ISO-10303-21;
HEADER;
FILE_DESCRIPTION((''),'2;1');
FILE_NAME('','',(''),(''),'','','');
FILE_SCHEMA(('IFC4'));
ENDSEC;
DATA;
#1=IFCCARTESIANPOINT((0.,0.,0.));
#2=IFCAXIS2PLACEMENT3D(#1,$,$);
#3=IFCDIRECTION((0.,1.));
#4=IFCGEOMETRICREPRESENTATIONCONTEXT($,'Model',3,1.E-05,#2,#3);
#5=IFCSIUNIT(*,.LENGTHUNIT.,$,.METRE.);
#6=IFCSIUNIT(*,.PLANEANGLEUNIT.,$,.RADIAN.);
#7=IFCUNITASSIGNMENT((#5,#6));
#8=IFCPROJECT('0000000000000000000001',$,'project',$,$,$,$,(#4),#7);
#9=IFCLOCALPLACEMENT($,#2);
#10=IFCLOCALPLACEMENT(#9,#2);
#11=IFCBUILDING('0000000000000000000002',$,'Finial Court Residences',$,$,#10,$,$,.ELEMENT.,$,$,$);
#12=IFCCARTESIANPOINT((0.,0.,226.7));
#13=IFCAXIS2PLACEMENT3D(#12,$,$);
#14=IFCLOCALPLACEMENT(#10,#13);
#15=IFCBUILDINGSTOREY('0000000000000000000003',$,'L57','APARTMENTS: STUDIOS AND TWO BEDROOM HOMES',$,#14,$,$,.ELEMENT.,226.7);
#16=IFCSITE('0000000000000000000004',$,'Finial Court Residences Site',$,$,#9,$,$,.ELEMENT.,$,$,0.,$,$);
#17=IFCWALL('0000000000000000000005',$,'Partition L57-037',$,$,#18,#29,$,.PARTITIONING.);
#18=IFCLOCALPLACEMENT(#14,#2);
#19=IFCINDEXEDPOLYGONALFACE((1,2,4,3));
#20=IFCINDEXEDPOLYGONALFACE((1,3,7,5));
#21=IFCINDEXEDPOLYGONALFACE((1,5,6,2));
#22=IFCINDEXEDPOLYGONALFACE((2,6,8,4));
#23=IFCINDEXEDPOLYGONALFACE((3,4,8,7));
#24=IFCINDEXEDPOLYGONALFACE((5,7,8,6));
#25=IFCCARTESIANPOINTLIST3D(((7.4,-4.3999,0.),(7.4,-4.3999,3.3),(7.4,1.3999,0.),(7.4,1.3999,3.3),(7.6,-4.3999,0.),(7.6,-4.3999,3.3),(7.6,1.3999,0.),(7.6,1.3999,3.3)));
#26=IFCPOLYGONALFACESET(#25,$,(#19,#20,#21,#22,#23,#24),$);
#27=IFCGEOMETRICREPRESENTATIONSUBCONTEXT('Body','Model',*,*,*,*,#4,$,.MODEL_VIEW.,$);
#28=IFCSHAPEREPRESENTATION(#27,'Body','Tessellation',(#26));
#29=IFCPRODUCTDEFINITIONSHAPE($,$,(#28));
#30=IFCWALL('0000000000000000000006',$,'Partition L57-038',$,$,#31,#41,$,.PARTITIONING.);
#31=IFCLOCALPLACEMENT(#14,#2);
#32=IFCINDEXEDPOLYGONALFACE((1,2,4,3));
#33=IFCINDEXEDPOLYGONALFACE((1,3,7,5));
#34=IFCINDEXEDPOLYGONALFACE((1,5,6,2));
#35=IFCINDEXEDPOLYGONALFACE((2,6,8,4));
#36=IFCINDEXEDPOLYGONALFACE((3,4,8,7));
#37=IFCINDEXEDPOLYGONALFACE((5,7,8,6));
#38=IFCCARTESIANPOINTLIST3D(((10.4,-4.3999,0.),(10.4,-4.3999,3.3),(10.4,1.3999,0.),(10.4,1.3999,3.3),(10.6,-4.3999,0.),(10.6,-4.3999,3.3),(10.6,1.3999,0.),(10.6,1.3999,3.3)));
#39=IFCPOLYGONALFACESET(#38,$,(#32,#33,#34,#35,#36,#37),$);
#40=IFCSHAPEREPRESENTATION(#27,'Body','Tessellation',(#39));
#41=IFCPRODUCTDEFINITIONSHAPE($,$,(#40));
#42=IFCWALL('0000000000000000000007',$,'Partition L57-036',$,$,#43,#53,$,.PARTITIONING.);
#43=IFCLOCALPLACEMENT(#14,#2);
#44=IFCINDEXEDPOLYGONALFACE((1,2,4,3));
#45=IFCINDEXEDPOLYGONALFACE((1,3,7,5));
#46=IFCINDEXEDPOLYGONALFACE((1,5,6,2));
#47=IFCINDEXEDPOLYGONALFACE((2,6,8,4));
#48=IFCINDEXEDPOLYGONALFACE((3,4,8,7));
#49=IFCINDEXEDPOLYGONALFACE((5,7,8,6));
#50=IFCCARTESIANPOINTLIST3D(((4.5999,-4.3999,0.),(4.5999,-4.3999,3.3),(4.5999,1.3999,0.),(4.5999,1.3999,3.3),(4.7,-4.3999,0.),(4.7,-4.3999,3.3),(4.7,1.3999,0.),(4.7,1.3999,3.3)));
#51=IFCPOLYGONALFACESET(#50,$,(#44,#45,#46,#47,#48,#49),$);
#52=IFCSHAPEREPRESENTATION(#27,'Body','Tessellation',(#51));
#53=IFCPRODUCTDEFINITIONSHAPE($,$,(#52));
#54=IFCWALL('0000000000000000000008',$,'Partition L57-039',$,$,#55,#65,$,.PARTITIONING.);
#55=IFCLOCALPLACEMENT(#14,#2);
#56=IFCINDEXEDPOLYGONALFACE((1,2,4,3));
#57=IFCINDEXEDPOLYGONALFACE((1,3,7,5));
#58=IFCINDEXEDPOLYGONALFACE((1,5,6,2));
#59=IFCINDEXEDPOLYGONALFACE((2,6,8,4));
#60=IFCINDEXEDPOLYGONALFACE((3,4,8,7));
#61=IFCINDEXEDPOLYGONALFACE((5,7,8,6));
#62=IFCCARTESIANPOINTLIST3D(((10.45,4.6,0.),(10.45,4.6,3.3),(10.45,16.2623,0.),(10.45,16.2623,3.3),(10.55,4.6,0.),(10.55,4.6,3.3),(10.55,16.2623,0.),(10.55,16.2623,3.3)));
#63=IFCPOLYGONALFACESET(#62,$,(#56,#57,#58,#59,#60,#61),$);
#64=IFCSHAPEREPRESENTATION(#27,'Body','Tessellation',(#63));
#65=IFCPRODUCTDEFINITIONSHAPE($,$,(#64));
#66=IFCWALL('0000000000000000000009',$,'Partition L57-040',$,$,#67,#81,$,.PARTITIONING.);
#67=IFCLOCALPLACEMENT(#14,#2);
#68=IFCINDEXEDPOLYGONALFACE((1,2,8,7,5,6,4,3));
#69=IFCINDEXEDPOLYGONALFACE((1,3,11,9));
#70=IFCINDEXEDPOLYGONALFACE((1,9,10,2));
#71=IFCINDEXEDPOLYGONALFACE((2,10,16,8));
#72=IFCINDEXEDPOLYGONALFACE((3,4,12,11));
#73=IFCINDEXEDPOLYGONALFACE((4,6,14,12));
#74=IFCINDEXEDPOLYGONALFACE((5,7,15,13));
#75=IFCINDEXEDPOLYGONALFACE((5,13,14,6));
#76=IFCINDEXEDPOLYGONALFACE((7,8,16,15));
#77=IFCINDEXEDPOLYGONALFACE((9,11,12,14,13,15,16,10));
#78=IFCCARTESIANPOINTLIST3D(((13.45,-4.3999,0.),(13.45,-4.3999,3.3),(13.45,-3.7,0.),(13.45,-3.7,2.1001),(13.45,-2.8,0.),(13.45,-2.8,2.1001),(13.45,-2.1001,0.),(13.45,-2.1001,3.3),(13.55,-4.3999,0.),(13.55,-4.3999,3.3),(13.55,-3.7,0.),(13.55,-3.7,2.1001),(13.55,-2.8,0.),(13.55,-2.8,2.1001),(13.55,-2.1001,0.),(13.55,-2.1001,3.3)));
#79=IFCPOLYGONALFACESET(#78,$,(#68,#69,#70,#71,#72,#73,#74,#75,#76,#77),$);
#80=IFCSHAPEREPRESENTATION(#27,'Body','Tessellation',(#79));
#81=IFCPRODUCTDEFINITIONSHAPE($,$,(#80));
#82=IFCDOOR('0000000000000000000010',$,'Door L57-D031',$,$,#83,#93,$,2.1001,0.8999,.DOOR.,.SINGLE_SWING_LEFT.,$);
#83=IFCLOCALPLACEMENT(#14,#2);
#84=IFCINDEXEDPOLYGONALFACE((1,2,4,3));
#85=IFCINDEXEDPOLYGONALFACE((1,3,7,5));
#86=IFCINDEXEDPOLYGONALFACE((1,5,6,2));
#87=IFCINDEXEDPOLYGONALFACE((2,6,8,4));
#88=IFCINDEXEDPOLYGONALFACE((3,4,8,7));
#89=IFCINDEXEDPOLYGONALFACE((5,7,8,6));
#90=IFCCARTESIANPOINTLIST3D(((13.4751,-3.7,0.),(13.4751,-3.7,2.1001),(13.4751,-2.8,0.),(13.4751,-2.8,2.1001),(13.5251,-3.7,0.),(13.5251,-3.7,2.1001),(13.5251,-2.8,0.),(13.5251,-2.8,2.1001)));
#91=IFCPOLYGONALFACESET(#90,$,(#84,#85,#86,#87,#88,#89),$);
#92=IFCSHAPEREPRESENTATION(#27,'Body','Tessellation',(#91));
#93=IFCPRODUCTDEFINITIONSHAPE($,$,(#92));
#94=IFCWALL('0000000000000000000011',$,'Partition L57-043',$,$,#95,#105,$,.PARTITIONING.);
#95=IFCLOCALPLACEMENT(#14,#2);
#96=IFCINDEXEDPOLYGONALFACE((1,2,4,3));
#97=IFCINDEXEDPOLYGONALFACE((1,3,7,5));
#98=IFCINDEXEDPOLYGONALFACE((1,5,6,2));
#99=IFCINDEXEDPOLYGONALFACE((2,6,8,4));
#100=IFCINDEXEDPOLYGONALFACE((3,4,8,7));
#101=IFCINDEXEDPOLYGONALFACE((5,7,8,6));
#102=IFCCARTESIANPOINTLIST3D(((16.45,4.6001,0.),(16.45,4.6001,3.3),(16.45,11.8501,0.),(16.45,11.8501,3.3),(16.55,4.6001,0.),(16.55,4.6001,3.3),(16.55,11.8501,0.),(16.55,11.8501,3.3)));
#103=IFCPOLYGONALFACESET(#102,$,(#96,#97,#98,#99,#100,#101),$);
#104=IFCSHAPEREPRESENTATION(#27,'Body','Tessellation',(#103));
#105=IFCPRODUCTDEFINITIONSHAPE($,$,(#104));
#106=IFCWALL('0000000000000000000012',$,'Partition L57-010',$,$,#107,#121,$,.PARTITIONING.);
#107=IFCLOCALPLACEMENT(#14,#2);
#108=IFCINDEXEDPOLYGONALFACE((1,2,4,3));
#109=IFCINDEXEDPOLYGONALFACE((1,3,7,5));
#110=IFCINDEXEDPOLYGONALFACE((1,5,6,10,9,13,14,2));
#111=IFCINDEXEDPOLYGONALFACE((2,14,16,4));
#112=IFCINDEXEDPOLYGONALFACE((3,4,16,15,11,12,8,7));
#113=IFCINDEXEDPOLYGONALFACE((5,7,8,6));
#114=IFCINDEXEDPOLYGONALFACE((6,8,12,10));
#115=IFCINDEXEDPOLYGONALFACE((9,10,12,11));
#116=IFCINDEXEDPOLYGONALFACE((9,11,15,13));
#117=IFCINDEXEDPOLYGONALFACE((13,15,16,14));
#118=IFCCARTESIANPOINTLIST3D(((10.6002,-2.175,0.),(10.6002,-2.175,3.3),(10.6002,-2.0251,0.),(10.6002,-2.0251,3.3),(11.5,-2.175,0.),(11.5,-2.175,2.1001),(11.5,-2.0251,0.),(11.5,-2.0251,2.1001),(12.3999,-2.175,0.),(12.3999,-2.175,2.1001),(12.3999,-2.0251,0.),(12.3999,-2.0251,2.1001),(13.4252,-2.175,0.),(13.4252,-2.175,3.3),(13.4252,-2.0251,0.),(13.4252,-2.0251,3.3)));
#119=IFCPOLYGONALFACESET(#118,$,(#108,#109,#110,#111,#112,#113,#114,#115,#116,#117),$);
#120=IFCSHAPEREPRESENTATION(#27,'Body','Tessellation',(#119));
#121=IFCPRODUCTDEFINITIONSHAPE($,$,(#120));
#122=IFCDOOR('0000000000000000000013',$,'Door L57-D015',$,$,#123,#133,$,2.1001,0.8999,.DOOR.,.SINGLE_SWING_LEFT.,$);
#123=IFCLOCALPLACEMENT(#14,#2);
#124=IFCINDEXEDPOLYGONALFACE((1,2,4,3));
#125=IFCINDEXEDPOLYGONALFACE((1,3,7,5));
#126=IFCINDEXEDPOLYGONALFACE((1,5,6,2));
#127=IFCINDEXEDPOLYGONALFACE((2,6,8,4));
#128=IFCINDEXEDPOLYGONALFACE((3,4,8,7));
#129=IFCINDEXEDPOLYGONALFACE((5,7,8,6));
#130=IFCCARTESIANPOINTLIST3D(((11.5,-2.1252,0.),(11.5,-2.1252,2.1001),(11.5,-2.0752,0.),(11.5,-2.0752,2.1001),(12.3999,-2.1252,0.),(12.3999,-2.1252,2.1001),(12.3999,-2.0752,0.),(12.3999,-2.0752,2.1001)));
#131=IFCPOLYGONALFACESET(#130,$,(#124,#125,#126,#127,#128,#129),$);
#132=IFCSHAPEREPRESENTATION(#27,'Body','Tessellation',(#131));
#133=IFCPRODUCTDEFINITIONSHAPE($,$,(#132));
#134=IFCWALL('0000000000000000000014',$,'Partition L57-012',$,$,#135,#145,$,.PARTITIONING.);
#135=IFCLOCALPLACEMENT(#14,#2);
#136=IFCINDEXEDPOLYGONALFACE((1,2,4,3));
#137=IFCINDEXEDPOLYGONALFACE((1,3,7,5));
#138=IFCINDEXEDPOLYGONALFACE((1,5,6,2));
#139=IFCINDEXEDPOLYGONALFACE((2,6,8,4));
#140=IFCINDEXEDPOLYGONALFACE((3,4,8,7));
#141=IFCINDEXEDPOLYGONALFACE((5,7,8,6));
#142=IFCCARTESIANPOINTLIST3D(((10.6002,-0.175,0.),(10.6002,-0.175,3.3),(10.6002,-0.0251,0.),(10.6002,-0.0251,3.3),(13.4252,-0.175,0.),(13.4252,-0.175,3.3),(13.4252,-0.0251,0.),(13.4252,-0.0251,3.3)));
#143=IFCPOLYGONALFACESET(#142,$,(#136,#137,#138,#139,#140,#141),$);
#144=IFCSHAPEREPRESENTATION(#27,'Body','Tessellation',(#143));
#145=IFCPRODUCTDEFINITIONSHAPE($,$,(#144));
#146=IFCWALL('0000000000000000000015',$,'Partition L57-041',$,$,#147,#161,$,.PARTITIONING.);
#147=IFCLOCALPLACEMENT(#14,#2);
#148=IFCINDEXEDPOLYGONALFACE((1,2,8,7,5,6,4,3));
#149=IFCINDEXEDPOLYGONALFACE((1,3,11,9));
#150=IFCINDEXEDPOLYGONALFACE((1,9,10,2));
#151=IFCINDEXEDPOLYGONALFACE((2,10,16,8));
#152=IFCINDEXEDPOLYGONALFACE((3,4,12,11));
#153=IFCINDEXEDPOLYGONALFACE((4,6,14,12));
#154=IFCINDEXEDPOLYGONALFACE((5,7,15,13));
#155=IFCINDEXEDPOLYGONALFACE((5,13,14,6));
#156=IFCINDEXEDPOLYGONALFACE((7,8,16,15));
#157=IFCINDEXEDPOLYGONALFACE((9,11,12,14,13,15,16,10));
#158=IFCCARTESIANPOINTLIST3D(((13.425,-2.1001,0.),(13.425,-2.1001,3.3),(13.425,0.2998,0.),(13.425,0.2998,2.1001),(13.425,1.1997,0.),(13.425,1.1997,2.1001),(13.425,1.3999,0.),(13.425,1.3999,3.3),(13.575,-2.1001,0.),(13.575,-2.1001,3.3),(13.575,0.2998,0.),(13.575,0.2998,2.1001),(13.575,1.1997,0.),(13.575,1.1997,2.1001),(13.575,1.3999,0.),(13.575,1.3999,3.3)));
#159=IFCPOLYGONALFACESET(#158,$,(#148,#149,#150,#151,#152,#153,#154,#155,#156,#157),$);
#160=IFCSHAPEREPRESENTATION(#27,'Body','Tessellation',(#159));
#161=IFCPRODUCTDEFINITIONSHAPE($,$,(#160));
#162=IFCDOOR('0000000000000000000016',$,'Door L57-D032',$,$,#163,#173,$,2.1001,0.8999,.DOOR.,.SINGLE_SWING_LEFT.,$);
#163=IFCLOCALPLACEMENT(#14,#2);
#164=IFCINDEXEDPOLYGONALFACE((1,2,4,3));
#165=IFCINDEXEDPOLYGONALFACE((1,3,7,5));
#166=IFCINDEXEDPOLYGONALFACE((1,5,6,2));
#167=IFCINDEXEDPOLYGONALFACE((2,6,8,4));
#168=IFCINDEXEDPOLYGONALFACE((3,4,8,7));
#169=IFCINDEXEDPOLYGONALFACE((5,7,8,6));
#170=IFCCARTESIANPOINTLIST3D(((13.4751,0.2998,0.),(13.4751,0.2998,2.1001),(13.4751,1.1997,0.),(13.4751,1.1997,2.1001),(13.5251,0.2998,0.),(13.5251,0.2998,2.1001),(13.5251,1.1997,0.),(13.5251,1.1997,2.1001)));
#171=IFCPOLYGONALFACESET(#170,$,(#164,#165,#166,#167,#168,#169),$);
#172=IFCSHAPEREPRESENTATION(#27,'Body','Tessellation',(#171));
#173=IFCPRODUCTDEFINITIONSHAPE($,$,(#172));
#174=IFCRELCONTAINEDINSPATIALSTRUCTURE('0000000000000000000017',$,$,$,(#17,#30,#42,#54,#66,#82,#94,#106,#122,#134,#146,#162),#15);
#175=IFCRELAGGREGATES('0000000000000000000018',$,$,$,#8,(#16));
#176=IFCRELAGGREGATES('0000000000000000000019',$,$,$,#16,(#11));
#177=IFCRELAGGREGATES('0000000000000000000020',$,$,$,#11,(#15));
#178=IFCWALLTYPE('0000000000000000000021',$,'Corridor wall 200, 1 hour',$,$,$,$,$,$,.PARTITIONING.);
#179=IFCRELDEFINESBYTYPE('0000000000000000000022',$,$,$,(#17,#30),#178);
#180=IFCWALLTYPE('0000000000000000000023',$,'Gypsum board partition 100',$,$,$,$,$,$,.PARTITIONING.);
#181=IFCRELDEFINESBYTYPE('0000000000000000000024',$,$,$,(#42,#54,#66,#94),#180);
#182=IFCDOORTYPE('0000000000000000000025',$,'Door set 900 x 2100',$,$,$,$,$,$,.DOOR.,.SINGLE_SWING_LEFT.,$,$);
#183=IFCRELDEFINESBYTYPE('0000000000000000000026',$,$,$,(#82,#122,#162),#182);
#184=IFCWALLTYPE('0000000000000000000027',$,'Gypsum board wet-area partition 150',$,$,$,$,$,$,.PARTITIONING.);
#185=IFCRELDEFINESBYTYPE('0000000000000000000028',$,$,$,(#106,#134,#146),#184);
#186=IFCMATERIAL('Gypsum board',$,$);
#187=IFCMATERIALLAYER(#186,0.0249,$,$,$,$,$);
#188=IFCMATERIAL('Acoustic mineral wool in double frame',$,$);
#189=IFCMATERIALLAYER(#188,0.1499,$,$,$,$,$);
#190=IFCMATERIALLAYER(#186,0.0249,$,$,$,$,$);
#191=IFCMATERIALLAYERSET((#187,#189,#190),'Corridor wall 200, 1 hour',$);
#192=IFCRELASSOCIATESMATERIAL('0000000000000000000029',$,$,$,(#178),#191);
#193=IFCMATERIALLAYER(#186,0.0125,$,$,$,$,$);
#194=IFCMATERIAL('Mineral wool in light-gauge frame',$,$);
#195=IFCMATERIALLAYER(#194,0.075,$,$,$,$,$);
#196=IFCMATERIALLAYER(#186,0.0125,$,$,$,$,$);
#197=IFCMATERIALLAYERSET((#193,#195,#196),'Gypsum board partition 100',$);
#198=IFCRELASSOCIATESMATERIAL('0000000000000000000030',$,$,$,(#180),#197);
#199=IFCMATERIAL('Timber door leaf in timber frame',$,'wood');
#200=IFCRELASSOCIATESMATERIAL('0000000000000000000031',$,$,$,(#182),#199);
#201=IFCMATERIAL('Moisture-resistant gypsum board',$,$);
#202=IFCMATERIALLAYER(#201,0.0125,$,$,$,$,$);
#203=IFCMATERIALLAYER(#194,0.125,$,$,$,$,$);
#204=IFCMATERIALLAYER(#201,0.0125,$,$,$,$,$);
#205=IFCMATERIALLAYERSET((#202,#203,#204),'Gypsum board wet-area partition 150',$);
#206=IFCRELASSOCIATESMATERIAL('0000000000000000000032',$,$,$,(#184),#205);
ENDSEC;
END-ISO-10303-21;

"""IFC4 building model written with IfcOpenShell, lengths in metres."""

from ifc_helpers import new_model, si_unit, direction, frame, frame_2d, origin, place, context, subcontext, project, spatial, rectangle, extrude, material, layer, layer_set, type_object, element, fill, save


model = new_model("IFC4")

# Units and contexts
model_context = context("Model", 3, precision=1e-05, world=origin(), true_north=direction((0.0, 1.0)))
body_context = subcontext(model_context, "Body", "Model", "MODEL_VIEW")
ifc_project = project(units=[si_unit("LENGTHUNIT", "METRE"), si_unit("PLANEANGLEUNIT", "RADIAN")], contexts=[model_context])

# Site, building, storey
site_placement = place(None, origin())
site = spatial("IfcSite", under=ifc_project, at=site_placement, Name="Finial Court Residences Site", CompositionType="ELEMENT", RefElevation=0.0)
building_placement = place(site_placement, origin())
building = spatial("IfcBuilding", under=site, at=building_placement, Name="Finial Court Residences", CompositionType="ELEMENT")
storey_placement = place(building_placement, frame((0.0, 0.0, 226.7)))
storey = spatial("IfcBuildingStorey", under=building, at=storey_placement, Name="L57", Description="APARTMENTS: STUDIOS AND TWO BEDROOM HOMES", CompositionType="ELEMENT", Elevation=226.7)

# Walls
ifc_material_1 = material(Name="Gypsum board")
ifc_layer_1 = layer(ifc_material_1, 0.0249)
ifc_material_2 = material(Name="Acoustic mineral wool in double frame")
ifc_layer_2 = layer(ifc_material_2, 0.1499)
ifc_layer_3 = layer(ifc_material_1, 0.0249)
ifc_layer_set_1 = layer_set([ifc_layer_1, ifc_layer_2, ifc_layer_3], Name="Corridor wall 200, 1 hour")
wall_type_1 = type_object("IfcWallType", Name="Corridor wall 200, 1 hour", PredefinedType="PARTITIONING", material=ifc_layer_set_1)
for number, where, z_axis, x_axis, name in (
    (1, (7.5, -4.3999, 0.0), (0.0, 0.0, 1.0), (0.0, 1.0, 0.0), "Partition L57-037"),
    (2, (10.5, -4.3999, 0.0), (0.0, 0.0, 1.0), (0.0, 1.0, 0.0), "Partition L57-038"),
):
    element("IfcWall", number, at=place(storey_placement, frame(where, z_axis=z_axis, x_axis=x_axis)), inside=storey, type_object=wall_type_1, Name=name, PredefinedType="PARTITIONING", context=body_context, shape_type="SweptSolid", body=[
        extrude(rectangle(XDim=5.7998, YDim=0.2, at=frame_2d((2.8999, 0.0))), origin(), (0.0, 0.0, 1.0), 3.3),
    ])
ifc_layer_4 = layer(ifc_material_1, 0.0125)
ifc_material_3 = material(Name="Mineral wool in light-gauge frame")
ifc_layer_5 = layer(ifc_material_3, 0.075)
ifc_layer_6 = layer(ifc_material_1, 0.0125)
ifc_layer_set_2 = layer_set([ifc_layer_4, ifc_layer_5, ifc_layer_6], Name="Gypsum board partition 100")
wall_type_2 = type_object("IfcWallType", Name="Gypsum board partition 100", PredefinedType="PARTITIONING", material=ifc_layer_set_2)
wall_1_placement = place(storey_placement, frame((4.6499, -4.3999, 0.0), z_axis=(0.0, 0.0, 1.0), x_axis=(0.0, 1.0, 0.0)))
element("IfcWall", 3, at=wall_1_placement, inside=storey, type_object=wall_type_2, Name="Partition L57-036", PredefinedType="PARTITIONING", context=body_context, shape_type="SweptSolid", body=[
    extrude(rectangle(XDim=5.7998, YDim=0.1001, at=frame_2d((2.8999, 0.0))), origin(), (0.0, 0.0, 1.0), 3.3),
])
wall_2_placement = place(storey_placement, frame((10.5, 4.6001, 0.0), z_axis=(0.0, 0.0, 1.0), x_axis=(0.0, 1.0, 0.0)))
element("IfcWall", 4, at=wall_2_placement, inside=storey, type_object=wall_type_2, Name="Partition L57-039", PredefinedType="PARTITIONING", context=body_context, shape_type="SweptSolid", body=[
    extrude(rectangle(XDim=11.6624, YDim=0.1001, at=frame_2d((5.8311, 0.0))), origin(), (0.0, 0.0, 1.0), 3.3),
])

# Wall, opening, door
wall_3_placement = place(storey_placement, frame((13.5, -4.3999, 0.0), z_axis=(0.0, 0.0, 1.0), x_axis=(0.0, 1.0, 0.0)))
wall_3 = element("IfcWall", 5, at=wall_3_placement, inside=storey, type_object=wall_type_2, Name="Partition L57-040", PredefinedType="PARTITIONING", context=body_context, shape_type="SweptSolid", body=[
    extrude(rectangle(XDim=2.2998, YDim=0.1001, at=frame_2d((1.1499, 0.0))), origin(), (0.0, 0.0, 1.0), 3.3),
])
opening_1_placement = place(wall_3_placement, frame((0.7, 0.0, 0.0)))
opening_1 = element("IfcOpeningElement", 6, at=opening_1_placement, cuts=wall_3, PredefinedType="OPENING", context=body_context, shape_type="SweptSolid", body=[
    extrude(rectangle(XDim=0.8999, YDim=2.1001, at=frame_2d((0.45, 1.05))), frame((0.0, 0.0601, 0.0), z_axis=(0.0, -1.0, 0.0), x_axis=(1.0, 0.0, 0.0)), (0.0, 0.0, 1.0), 0.1201),
])
ifc_material_4 = material(Name="Timber door leaf in timber frame", Category="wood")
door_type = type_object("IfcDoorType", Name="Door set 900 x 2100", OperationType="SINGLE_SWING_LEFT", PredefinedType="DOOR", material=ifc_material_4)
door_1_placement = place(opening_1_placement, origin())
door_1 = element("IfcDoor", 7, at=door_1_placement, inside=storey, type_object=door_type, Name="Door L57-D031", OperationType="SINGLE_SWING_LEFT", OverallHeight=2.1001, OverallWidth=0.8999, PredefinedType="DOOR", context=body_context, shape_type="SweptSolid", body=[
    extrude(rectangle(XDim=0.8999, YDim=2.1001, at=frame_2d((0.45, 1.05))), frame((0.0, 0.0249, 0.0), z_axis=(0.0, -1.0, 0.0), x_axis=(1.0, 0.0, 0.0)), (0.0, 0.0, 1.0), 0.05),
])
fill(opening_1, door_1)

# Wall
wall_4_placement = place(storey_placement, frame((16.5, 4.6001, 0.0), z_axis=(0.0, 0.0, 1.0), x_axis=(0.0, 1.0, 0.0)))
element("IfcWall", 8, at=wall_4_placement, inside=storey, type_object=wall_type_2, Name="Partition L57-043", PredefinedType="PARTITIONING", context=body_context, shape_type="SweptSolid", body=[
    extrude(rectangle(XDim=7.25, YDim=0.1001, at=frame_2d((3.625, 0.0))), origin(), (0.0, 0.0, 1.0), 3.3),
])

# Wall, opening, door
ifc_material_5 = material(Name="Moisture-resistant gypsum board")
ifc_layer_7 = layer(ifc_material_5, 0.0125)
ifc_layer_8 = layer(ifc_material_3, 0.125)
ifc_layer_9 = layer(ifc_material_5, 0.0125)
ifc_layer_set_3 = layer_set([ifc_layer_7, ifc_layer_8, ifc_layer_9], Name="Gypsum board wet-area partition 150")
wall_type_3 = type_object("IfcWallType", Name="Gypsum board wet-area partition 150", PredefinedType="PARTITIONING", material=ifc_layer_set_3)
wall_5_placement = place(storey_placement, frame((10.6001, -2.1001, 0.0), z_axis=(0.0, 0.0, 1.0), x_axis=(1.0, 0.0, 0.0)))
wall_5 = element("IfcWall", 9, at=wall_5_placement, inside=storey, type_object=wall_type_3, Name="Partition L57-010", PredefinedType="PARTITIONING", context=body_context, shape_type="SweptSolid", body=[
    extrude(rectangle(XDim=2.825, YDim=0.1499, at=frame_2d((1.4126, 0.0))), origin(), (0.0, 0.0, 1.0), 3.3),
])
opening_2_placement = place(wall_5_placement, frame((0.8999, 0.0, 0.0)))
opening_2 = element("IfcOpeningElement", 10, at=opening_2_placement, cuts=wall_5, PredefinedType="OPENING", context=body_context, shape_type="SweptSolid", body=[
    extrude(rectangle(XDim=0.8999, YDim=2.1001, at=frame_2d((0.45, 1.05))), frame((0.0, 0.085, 0.0), z_axis=(0.0, -1.0, 0.0), x_axis=(1.0, 0.0, 0.0)), (0.0, 0.0, 1.0), 0.1699),
])
door_2_placement = place(opening_2_placement, origin())
door_2 = element("IfcDoor", 11, at=door_2_placement, inside=storey, type_object=door_type, Name="Door L57-D015", OperationType="SINGLE_SWING_LEFT", OverallHeight=2.1001, OverallWidth=0.8999, PredefinedType="DOOR", context=body_context, shape_type="SweptSolid", body=[
    extrude(rectangle(XDim=0.8999, YDim=2.1001, at=frame_2d((0.45, 1.05))), frame((0.0, 0.0249, 0.0), z_axis=(0.0, -1.0, 0.0), x_axis=(1.0, 0.0, 0.0)), (0.0, 0.0, 1.0), 0.05),
])
fill(opening_2, door_2)

# Wall
wall_6_placement = place(storey_placement, frame((10.6001, -0.1001, 0.0), z_axis=(0.0, 0.0, 1.0), x_axis=(1.0, 0.0, 0.0)))
element("IfcWall", 12, at=wall_6_placement, inside=storey, type_object=wall_type_3, Name="Partition L57-012", PredefinedType="PARTITIONING", context=body_context, shape_type="SweptSolid", body=[
    extrude(rectangle(XDim=2.825, YDim=0.1499, at=frame_2d((1.4126, 0.0))), origin(), (0.0, 0.0, 1.0), 3.3),
])

# Wall, opening, door
wall_7_placement = place(storey_placement, frame((13.5, -2.1001, 0.0), z_axis=(0.0, 0.0, 1.0), x_axis=(0.0, 1.0, 0.0)))
wall_7 = element("IfcWall", 13, at=wall_7_placement, inside=storey, type_object=wall_type_3, Name="Partition L57-041", PredefinedType="PARTITIONING", context=body_context, shape_type="SweptSolid", body=[
    extrude(rectangle(XDim=3.5, YDim=0.1499, at=frame_2d((1.75, 0.0))), origin(), (0.0, 0.0, 1.0), 3.3),
])
opening_3_placement = place(wall_7_placement, frame((2.3999, 0.0, 0.0)))
opening_3 = element("IfcOpeningElement", 14, at=opening_3_placement, cuts=wall_7, PredefinedType="OPENING", context=body_context, shape_type="SweptSolid", body=[
    extrude(rectangle(XDim=0.8999, YDim=2.1001, at=frame_2d((0.45, 1.05))), frame((0.0, 0.085, 0.0), z_axis=(0.0, -1.0, 0.0), x_axis=(1.0, 0.0, 0.0)), (0.0, 0.0, 1.0), 0.1699),
])
door_3_placement = place(opening_3_placement, origin())
door_3 = element("IfcDoor", 15, at=door_3_placement, inside=storey, type_object=door_type, Name="Door L57-D032", OperationType="SINGLE_SWING_LEFT", OverallHeight=2.1001, OverallWidth=0.8999, PredefinedType="DOOR", context=body_context, shape_type="SweptSolid", body=[
    extrude(rectangle(XDim=0.8999, YDim=2.1001, at=frame_2d((0.45, 1.05))), frame((0.0, 0.0249, 0.0), z_axis=(0.0, -1.0, 0.0), x_axis=(1.0, 0.0, 0.0)), (0.0, 0.0, 1.0), 0.05),
])
fill(opening_3, door_3)

save(model, "model.ifc")
